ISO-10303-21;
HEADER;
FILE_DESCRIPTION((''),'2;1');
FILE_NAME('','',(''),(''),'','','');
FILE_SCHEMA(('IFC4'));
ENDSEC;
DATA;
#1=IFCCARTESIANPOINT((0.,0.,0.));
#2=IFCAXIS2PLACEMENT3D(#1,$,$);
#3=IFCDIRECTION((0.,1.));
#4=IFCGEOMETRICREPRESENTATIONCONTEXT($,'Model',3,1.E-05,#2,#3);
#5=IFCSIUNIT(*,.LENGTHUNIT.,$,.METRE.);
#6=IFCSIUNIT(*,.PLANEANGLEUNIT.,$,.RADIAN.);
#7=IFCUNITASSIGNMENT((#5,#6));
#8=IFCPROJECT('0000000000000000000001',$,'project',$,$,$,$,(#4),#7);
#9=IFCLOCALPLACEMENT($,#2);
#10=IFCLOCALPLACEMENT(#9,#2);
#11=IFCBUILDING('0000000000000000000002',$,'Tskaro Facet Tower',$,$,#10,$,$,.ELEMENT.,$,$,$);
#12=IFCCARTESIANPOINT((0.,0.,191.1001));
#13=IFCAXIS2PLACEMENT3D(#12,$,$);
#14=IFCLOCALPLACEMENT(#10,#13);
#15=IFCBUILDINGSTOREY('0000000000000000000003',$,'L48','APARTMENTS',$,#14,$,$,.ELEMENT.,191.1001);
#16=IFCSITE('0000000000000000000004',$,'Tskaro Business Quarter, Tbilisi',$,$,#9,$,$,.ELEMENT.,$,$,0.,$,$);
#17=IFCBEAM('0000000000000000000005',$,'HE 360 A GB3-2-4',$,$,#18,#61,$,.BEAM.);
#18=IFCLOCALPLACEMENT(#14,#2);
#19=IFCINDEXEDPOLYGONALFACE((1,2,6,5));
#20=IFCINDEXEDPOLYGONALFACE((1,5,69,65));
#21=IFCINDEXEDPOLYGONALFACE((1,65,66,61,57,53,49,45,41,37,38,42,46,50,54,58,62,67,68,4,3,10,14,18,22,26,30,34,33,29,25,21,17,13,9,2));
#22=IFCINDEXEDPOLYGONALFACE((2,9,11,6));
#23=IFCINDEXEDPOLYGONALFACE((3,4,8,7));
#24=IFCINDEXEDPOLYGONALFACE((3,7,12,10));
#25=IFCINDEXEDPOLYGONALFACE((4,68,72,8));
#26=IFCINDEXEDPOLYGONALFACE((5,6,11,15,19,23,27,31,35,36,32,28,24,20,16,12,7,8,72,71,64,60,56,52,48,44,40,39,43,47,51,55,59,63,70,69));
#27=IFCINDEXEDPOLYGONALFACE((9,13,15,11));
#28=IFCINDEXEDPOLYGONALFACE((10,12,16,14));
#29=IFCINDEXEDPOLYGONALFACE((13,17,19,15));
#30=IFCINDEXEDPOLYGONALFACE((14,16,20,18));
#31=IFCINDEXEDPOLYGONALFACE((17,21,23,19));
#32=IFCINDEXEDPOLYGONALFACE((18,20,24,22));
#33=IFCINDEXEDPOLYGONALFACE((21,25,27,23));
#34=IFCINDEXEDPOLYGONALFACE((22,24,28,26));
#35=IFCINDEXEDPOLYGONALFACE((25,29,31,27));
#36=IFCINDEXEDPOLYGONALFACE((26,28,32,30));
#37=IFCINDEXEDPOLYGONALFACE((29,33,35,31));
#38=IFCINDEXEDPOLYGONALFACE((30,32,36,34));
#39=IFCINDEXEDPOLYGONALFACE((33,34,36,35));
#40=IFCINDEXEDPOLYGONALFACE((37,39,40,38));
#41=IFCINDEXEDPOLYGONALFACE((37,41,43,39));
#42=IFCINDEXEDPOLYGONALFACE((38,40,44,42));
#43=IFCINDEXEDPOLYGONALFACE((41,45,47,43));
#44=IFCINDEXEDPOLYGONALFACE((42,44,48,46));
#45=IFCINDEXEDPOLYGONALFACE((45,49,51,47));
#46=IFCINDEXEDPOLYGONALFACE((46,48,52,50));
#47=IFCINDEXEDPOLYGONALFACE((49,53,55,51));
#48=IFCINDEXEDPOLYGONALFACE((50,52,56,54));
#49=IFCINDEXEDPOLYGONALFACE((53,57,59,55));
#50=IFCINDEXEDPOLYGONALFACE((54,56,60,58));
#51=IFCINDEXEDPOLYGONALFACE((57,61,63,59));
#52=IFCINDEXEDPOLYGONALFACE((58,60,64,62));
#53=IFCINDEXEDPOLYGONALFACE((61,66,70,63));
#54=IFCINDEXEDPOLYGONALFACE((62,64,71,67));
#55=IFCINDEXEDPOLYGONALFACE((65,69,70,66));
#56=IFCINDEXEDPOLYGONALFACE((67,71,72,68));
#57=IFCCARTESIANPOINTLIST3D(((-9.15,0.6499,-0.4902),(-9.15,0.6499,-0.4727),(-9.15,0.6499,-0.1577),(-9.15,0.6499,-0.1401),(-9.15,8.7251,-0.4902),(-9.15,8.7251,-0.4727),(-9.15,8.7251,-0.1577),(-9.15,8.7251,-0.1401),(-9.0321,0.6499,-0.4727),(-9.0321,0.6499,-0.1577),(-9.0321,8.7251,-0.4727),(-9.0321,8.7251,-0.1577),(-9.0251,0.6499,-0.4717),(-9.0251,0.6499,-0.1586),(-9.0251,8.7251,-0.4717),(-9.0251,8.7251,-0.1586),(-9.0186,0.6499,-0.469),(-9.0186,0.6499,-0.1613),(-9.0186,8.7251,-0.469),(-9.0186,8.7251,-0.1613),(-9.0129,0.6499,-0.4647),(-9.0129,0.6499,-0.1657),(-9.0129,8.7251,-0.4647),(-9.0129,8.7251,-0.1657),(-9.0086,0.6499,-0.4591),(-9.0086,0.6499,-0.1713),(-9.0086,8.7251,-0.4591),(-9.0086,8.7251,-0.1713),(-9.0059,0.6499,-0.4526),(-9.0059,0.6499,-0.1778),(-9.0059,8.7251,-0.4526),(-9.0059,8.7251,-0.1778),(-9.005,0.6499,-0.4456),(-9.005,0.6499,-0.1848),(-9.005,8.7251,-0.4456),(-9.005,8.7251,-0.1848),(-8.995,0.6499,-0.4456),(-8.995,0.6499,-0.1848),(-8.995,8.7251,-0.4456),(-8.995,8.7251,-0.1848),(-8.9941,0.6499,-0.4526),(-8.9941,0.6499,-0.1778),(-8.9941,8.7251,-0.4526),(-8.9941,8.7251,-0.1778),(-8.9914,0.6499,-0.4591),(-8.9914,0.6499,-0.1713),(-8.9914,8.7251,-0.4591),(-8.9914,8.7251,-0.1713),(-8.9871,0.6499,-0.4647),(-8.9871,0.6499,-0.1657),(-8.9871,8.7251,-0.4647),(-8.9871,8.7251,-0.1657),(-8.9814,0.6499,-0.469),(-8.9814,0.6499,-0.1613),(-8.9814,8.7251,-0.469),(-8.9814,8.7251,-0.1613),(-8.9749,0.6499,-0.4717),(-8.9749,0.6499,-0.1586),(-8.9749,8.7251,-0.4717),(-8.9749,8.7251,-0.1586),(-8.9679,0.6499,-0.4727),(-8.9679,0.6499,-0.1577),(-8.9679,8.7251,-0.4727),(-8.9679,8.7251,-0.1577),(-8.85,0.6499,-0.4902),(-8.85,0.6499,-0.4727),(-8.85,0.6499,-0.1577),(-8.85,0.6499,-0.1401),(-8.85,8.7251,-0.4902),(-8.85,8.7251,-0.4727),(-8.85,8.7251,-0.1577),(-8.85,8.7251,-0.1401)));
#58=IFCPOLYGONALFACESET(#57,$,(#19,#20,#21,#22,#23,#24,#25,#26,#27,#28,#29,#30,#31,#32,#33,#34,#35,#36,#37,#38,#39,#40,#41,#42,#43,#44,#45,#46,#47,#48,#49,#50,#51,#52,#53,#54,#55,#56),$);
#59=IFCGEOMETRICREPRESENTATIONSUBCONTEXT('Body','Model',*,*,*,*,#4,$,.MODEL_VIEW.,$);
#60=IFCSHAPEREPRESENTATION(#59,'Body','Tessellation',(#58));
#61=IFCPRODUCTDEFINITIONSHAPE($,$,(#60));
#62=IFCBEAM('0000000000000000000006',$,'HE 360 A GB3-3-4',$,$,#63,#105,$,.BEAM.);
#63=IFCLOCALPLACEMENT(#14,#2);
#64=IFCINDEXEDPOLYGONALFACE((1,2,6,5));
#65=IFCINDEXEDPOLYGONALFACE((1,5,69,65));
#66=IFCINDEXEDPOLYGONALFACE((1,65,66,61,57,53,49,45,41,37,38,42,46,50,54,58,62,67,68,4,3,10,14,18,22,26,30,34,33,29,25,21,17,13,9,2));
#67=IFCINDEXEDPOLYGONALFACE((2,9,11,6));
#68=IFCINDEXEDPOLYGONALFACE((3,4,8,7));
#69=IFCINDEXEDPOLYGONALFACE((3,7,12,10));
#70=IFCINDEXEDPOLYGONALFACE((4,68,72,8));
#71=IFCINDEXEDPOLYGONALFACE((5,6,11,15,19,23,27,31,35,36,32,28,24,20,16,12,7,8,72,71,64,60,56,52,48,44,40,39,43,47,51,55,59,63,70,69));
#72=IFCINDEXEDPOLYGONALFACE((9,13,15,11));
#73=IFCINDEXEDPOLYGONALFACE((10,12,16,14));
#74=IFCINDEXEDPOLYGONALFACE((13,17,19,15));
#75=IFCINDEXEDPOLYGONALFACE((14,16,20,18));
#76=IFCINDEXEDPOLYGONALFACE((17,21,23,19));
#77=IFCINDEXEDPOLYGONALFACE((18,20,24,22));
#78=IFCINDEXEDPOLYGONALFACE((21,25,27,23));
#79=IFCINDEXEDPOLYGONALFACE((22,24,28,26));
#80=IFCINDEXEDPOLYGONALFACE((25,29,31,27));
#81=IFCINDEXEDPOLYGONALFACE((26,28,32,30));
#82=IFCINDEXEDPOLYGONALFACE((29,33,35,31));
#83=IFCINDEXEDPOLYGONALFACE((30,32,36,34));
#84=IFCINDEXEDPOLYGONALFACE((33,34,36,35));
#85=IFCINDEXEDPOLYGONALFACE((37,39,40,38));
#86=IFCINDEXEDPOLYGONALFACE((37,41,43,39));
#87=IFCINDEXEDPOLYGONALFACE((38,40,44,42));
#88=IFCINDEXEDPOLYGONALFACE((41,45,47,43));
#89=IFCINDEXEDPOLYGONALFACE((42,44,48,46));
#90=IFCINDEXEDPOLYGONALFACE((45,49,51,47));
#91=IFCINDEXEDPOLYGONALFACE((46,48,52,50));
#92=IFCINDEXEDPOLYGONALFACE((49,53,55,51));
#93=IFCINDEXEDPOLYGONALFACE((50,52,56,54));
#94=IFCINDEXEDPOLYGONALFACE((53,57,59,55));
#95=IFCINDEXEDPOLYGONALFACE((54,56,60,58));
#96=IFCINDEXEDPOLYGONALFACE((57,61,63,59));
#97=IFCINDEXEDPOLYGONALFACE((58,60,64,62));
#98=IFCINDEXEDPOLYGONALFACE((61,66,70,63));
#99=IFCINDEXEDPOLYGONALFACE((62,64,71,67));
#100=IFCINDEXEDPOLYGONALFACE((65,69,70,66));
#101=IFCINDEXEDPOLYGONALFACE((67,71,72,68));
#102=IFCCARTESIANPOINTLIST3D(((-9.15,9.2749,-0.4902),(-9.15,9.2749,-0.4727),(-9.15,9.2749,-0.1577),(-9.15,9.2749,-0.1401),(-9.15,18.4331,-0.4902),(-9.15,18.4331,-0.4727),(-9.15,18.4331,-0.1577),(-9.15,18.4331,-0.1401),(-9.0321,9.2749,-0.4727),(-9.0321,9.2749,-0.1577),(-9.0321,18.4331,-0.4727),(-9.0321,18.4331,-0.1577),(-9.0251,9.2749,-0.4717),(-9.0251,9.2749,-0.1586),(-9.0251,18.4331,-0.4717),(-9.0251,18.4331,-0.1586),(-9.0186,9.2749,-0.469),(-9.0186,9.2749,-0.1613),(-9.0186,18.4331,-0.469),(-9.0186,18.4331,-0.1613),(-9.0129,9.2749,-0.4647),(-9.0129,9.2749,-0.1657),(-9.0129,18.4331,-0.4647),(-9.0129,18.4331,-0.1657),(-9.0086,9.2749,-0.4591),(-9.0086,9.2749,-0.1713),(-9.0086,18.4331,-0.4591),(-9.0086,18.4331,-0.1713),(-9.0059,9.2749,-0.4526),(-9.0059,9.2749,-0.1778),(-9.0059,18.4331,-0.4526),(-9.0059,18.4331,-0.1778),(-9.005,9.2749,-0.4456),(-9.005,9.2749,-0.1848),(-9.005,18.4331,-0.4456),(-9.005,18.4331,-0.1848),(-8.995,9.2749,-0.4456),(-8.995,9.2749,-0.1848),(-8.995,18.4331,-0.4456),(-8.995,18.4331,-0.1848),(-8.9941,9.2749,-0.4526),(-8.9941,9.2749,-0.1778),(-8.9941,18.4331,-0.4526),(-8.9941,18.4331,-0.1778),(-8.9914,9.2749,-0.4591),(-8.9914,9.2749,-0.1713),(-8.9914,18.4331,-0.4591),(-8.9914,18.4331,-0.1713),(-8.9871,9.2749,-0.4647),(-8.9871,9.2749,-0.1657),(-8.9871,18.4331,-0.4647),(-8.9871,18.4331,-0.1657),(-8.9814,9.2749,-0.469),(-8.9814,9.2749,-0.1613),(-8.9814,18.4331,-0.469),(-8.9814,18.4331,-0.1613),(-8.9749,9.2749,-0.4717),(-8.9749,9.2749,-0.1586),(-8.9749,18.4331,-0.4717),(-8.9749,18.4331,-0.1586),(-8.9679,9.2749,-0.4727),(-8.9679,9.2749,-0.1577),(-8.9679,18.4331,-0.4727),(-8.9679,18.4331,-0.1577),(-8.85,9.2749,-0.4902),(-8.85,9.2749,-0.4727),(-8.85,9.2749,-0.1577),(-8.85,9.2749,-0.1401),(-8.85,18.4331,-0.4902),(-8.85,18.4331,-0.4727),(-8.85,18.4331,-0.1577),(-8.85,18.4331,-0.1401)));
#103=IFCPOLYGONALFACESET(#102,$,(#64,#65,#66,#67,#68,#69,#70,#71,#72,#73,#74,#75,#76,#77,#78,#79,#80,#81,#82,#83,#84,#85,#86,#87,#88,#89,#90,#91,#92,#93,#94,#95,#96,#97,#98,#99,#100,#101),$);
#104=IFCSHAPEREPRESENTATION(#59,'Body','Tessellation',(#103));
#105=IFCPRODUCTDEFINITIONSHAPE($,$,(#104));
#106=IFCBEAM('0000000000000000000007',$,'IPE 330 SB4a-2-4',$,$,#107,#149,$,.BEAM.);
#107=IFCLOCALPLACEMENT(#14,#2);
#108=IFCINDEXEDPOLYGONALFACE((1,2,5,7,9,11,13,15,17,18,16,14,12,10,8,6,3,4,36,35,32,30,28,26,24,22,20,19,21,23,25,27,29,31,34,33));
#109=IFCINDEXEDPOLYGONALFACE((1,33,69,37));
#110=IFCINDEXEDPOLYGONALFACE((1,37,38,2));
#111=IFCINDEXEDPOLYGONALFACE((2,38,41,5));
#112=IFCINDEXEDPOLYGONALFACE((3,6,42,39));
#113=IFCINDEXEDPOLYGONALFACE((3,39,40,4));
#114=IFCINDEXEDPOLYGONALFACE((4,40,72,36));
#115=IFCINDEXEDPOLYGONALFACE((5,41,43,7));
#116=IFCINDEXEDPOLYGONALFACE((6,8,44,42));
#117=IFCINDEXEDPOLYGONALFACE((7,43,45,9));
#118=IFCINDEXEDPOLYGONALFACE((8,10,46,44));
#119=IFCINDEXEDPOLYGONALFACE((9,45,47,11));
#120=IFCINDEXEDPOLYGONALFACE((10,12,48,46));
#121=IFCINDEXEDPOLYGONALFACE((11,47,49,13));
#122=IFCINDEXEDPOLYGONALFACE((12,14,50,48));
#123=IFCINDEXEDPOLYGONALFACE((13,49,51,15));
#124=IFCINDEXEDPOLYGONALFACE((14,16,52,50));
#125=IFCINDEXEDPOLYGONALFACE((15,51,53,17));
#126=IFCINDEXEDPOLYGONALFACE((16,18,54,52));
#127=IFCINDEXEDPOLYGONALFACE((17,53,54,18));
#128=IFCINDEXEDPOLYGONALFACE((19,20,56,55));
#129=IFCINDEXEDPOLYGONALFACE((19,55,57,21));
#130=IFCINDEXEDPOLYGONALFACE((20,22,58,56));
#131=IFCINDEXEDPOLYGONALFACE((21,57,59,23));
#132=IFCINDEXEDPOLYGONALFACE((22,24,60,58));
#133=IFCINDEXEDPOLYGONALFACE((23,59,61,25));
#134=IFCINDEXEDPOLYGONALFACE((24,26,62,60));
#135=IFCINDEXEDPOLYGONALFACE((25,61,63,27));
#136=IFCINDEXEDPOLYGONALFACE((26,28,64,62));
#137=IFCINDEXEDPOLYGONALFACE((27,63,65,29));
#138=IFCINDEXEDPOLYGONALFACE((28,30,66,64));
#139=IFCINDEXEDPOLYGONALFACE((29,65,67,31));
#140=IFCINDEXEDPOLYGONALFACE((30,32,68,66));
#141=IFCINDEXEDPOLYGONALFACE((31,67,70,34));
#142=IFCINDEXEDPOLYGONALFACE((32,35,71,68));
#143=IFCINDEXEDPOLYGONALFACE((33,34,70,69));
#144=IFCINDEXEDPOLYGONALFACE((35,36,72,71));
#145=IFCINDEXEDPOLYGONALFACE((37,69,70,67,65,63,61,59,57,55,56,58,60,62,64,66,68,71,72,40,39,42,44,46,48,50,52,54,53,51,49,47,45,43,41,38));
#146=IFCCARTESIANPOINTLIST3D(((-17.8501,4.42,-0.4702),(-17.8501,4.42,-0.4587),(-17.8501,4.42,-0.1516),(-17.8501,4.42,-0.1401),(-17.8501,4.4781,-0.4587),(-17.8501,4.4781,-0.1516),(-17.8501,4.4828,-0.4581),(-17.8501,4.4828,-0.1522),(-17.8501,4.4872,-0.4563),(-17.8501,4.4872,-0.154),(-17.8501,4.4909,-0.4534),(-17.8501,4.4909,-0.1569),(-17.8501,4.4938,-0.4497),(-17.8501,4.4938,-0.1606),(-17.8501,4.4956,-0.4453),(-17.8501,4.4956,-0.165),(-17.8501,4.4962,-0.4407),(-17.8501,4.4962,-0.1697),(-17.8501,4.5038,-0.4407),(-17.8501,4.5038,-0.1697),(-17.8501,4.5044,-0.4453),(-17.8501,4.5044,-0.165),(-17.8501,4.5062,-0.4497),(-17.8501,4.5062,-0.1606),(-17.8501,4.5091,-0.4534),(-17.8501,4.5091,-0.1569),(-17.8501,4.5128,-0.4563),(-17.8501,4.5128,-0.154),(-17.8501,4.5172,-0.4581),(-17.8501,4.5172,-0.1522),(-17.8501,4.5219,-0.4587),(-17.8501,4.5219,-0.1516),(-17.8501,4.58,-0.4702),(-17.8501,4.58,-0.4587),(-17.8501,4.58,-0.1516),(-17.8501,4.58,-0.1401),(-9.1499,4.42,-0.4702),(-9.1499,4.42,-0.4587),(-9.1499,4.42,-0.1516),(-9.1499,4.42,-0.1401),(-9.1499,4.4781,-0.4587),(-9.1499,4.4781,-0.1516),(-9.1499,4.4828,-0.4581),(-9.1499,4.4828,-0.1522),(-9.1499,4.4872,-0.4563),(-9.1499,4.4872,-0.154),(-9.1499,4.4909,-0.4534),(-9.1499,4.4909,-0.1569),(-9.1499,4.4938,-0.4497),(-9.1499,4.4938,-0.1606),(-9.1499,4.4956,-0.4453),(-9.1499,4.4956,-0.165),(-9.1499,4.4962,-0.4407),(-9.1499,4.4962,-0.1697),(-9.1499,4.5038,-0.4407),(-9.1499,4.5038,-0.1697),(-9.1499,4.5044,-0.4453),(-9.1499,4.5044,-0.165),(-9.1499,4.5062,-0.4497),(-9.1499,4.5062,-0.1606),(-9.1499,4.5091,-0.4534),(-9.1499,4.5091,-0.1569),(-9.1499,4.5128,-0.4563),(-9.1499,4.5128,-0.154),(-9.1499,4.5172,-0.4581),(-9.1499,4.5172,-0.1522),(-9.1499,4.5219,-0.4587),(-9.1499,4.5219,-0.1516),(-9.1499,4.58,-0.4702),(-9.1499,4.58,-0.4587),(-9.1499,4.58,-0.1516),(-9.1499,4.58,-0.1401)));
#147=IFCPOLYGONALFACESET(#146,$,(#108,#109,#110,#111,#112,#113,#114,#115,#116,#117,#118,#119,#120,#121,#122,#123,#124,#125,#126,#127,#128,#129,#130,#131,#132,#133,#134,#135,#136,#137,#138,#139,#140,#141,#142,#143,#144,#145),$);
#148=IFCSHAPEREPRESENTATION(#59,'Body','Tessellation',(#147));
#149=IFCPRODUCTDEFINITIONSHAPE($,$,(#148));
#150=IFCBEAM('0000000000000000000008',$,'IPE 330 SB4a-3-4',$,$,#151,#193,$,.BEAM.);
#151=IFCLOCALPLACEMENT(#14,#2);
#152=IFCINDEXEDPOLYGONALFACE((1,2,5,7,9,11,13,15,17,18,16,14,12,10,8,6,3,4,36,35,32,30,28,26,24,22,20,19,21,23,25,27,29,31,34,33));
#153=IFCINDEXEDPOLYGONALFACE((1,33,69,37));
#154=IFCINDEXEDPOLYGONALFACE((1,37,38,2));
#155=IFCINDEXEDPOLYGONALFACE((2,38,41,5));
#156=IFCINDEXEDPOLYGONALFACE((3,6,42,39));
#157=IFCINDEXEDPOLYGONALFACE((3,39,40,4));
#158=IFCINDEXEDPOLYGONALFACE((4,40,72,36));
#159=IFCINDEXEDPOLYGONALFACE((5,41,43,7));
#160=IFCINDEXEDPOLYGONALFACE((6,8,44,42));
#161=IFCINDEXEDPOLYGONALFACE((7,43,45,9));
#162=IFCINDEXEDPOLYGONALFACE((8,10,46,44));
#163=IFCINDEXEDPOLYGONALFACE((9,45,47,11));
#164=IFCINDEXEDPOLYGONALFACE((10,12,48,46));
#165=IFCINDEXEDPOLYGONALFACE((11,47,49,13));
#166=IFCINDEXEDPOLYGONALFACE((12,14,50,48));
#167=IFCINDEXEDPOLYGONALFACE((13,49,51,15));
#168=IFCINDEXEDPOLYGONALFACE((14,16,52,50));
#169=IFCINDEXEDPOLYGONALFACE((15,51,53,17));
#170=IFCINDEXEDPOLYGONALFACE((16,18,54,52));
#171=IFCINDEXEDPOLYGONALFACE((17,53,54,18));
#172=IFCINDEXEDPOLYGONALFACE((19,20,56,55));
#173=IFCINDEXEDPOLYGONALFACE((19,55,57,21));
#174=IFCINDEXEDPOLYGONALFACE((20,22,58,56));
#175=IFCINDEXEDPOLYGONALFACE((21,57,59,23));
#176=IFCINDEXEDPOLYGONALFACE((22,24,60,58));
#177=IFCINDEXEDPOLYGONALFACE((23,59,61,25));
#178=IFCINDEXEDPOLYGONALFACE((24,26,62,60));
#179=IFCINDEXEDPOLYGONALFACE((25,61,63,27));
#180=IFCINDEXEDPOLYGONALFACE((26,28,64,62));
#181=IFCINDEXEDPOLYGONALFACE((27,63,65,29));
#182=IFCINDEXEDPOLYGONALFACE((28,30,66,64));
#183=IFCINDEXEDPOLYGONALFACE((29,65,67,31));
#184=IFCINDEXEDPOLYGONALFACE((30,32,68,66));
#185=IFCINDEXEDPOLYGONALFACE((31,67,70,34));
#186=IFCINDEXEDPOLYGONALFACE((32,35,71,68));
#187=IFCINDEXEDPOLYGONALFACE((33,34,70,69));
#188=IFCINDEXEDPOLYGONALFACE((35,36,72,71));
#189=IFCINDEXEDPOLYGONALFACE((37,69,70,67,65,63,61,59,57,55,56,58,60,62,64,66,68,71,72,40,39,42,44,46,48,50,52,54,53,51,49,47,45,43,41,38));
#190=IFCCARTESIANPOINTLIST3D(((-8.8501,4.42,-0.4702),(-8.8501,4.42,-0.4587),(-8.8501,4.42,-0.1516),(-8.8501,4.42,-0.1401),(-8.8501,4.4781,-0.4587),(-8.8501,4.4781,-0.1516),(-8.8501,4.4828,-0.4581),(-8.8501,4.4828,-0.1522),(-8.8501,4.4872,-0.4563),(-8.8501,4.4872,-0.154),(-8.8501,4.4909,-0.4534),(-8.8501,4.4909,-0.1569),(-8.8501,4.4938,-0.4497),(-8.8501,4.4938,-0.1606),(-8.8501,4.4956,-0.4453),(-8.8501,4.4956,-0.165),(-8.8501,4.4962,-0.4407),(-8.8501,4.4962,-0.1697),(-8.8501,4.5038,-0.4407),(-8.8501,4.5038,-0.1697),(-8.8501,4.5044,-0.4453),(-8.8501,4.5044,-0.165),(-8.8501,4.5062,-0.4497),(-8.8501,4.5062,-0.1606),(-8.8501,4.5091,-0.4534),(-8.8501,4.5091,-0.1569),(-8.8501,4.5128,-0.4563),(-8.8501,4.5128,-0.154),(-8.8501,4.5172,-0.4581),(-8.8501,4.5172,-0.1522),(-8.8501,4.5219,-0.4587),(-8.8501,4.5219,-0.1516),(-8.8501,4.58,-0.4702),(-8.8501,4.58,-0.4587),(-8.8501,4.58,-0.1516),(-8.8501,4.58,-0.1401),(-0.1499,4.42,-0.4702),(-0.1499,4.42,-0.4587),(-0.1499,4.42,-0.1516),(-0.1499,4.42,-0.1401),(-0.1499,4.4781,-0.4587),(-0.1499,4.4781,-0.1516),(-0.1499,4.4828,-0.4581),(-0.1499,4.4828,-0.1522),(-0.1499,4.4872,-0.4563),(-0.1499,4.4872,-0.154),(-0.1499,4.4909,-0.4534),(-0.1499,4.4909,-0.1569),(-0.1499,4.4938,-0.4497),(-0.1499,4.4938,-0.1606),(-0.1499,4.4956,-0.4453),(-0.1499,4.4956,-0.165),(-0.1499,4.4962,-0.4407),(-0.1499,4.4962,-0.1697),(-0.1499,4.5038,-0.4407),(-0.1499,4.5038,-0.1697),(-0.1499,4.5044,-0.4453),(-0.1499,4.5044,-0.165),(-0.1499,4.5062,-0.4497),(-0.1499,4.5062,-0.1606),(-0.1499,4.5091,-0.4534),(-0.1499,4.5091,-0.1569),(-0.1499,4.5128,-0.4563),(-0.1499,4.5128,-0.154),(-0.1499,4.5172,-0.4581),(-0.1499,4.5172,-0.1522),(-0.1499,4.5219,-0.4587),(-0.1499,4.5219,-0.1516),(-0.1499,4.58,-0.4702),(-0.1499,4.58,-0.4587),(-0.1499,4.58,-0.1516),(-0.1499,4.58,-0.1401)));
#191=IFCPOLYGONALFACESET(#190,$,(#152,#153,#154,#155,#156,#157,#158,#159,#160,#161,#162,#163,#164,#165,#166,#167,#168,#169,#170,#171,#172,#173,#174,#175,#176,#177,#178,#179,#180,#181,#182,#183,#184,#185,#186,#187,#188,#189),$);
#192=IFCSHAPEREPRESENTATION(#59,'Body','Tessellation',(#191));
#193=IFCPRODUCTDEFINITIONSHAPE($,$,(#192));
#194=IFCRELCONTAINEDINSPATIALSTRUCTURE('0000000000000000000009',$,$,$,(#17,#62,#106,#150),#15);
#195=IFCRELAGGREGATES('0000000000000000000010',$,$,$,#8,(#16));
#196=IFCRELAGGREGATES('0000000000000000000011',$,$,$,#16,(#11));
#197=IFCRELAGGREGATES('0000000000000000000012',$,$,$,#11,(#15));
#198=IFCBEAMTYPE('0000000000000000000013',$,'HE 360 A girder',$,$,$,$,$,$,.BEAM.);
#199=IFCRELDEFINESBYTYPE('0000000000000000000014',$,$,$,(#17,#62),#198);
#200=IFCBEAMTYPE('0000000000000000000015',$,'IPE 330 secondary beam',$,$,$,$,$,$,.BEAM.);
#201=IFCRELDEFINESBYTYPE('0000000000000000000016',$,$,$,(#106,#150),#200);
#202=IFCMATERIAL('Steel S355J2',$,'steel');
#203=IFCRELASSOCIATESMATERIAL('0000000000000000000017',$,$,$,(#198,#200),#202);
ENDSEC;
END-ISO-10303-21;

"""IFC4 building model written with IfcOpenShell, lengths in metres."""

from ifc_helpers import new_model, si_unit, direction, frame, origin, origin_2d, place, context, subcontext, project, spatial, i_section, extrude, material, material_profile, profile_set, type_object, element, save


model = new_model("IFC4")

# Units and contexts
model_context = context("Model", 3, precision=1e-05, world=origin(), true_north=direction((0.0, 1.0)))
body_context = subcontext(model_context, "Body", "Model", "MODEL_VIEW")
ifc_project = project(units=[si_unit("LENGTHUNIT", "METRE"), si_unit("PLANEANGLEUNIT", "RADIAN")], contexts=[model_context])

# Site, building, storey
site_placement = place(None, origin())
site = spatial("IfcSite", under=ifc_project, at=site_placement, Name="Tskaro Business Quarter, Tbilisi", CompositionType="ELEMENT", RefElevation=0.0)
building_placement = place(site_placement, origin())
building = spatial("IfcBuilding", under=site, at=building_placement, Name="Tskaro Facet Tower", CompositionType="ELEMENT")
storey_placement = place(building_placement, frame((0.0, 0.0, 191.1001)))
storey = spatial("IfcBuildingStorey", under=building, at=storey_placement, Name="L48", Description="APARTMENTS", CompositionType="ELEMENT", Elevation=191.1001)

# Beams
ifc_material_1 = material(Name="Steel S355J2", Category="steel")
ifc_material_profile_1 = material_profile(ifc_material_1, i_section(OverallWidth=0.3, OverallDepth=0.3501, WebThickness=0.01, FlangeThickness=0.0176, FilletRadius=0.0271, at=origin_2d()), Name="HE 360 A")
ifc_profile_set_1 = profile_set([ifc_material_profile_1], Name="Steel S355J2")
beam_type_1 = type_object("IfcBeamType", Name="HE 360 A girder", PredefinedType="BEAM", material=ifc_profile_set_1)
beam_1_placement = place(storey_placement, frame((-9.0, 0.6499, -0.3152), z_axis=(0.0, 1.0, 0.0), x_axis=(-1.0, 0.0, 0.0)))
element("IfcBeam", 1, at=beam_1_placement, inside=storey, type_object=beam_type_1, Name="HE 360 A GB3-2-4", PredefinedType="BEAM", context=body_context, shape_type="SweptSolid", body=[
    extrude(i_section(OverallWidth=0.3, OverallDepth=0.3501, WebThickness=0.01, FlangeThickness=0.0176, FilletRadius=0.0271, at=origin_2d()), origin(), (0.0, 0.0, 1.0), 8.0752),
])
beam_2_placement = place(storey_placement, frame((-9.0, 9.2749, -0.3152), z_axis=(0.0, 1.0, 0.0), x_axis=(-1.0, 0.0, 0.0)))
element("IfcBeam", 2, at=beam_2_placement, inside=storey, type_object=beam_type_1, Name="HE 360 A GB3-3-4", PredefinedType="BEAM", context=body_context, shape_type="SweptSolid", body=[
    extrude(i_section(OverallWidth=0.3, OverallDepth=0.3501, WebThickness=0.01, FlangeThickness=0.0176, FilletRadius=0.0271, at=origin_2d()), origin(), (0.0, 0.0, 1.0), 9.1582),
])
ifc_material_profile_2 = material_profile(ifc_material_1, i_section(OverallWidth=0.1599, OverallDepth=0.3301, WebThickness=0.0076, FlangeThickness=0.0115, FilletRadius=0.0181, at=origin_2d()), Name="IPE 330")
ifc_profile_set_2 = profile_set([ifc_material_profile_2], Name="Steel S355J2")
beam_type_2 = type_object("IfcBeamType", Name="IPE 330 secondary beam", PredefinedType="BEAM", material=ifc_profile_set_2)
for number, where, z_axis, x_axis, name in (
    (3, (-17.8501, 4.5, -0.3052), (1.0, 0.0, 0.0), (0.0, 1.0, 0.0), "IPE 330 SB4a-2-4"),
    (4, (-8.8501, 4.5, -0.3052), (1.0, 0.0, 0.0), (0.0, 1.0, 0.0), "IPE 330 SB4a-3-4"),
):
    element("IfcBeam", number, at=place(storey_placement, frame(where, z_axis=z_axis, x_axis=x_axis)), inside=storey, type_object=beam_type_2, Name=name, PredefinedType="BEAM", context=body_context, shape_type="SweptSolid", body=[
        extrude(i_section(OverallWidth=0.1599, OverallDepth=0.3301, WebThickness=0.0076, FlangeThickness=0.0115, FilletRadius=0.0181, at=origin_2d()), origin(), (0.0, 0.0, 1.0), 8.7002),
    ])

save(model, "model.ifc")
